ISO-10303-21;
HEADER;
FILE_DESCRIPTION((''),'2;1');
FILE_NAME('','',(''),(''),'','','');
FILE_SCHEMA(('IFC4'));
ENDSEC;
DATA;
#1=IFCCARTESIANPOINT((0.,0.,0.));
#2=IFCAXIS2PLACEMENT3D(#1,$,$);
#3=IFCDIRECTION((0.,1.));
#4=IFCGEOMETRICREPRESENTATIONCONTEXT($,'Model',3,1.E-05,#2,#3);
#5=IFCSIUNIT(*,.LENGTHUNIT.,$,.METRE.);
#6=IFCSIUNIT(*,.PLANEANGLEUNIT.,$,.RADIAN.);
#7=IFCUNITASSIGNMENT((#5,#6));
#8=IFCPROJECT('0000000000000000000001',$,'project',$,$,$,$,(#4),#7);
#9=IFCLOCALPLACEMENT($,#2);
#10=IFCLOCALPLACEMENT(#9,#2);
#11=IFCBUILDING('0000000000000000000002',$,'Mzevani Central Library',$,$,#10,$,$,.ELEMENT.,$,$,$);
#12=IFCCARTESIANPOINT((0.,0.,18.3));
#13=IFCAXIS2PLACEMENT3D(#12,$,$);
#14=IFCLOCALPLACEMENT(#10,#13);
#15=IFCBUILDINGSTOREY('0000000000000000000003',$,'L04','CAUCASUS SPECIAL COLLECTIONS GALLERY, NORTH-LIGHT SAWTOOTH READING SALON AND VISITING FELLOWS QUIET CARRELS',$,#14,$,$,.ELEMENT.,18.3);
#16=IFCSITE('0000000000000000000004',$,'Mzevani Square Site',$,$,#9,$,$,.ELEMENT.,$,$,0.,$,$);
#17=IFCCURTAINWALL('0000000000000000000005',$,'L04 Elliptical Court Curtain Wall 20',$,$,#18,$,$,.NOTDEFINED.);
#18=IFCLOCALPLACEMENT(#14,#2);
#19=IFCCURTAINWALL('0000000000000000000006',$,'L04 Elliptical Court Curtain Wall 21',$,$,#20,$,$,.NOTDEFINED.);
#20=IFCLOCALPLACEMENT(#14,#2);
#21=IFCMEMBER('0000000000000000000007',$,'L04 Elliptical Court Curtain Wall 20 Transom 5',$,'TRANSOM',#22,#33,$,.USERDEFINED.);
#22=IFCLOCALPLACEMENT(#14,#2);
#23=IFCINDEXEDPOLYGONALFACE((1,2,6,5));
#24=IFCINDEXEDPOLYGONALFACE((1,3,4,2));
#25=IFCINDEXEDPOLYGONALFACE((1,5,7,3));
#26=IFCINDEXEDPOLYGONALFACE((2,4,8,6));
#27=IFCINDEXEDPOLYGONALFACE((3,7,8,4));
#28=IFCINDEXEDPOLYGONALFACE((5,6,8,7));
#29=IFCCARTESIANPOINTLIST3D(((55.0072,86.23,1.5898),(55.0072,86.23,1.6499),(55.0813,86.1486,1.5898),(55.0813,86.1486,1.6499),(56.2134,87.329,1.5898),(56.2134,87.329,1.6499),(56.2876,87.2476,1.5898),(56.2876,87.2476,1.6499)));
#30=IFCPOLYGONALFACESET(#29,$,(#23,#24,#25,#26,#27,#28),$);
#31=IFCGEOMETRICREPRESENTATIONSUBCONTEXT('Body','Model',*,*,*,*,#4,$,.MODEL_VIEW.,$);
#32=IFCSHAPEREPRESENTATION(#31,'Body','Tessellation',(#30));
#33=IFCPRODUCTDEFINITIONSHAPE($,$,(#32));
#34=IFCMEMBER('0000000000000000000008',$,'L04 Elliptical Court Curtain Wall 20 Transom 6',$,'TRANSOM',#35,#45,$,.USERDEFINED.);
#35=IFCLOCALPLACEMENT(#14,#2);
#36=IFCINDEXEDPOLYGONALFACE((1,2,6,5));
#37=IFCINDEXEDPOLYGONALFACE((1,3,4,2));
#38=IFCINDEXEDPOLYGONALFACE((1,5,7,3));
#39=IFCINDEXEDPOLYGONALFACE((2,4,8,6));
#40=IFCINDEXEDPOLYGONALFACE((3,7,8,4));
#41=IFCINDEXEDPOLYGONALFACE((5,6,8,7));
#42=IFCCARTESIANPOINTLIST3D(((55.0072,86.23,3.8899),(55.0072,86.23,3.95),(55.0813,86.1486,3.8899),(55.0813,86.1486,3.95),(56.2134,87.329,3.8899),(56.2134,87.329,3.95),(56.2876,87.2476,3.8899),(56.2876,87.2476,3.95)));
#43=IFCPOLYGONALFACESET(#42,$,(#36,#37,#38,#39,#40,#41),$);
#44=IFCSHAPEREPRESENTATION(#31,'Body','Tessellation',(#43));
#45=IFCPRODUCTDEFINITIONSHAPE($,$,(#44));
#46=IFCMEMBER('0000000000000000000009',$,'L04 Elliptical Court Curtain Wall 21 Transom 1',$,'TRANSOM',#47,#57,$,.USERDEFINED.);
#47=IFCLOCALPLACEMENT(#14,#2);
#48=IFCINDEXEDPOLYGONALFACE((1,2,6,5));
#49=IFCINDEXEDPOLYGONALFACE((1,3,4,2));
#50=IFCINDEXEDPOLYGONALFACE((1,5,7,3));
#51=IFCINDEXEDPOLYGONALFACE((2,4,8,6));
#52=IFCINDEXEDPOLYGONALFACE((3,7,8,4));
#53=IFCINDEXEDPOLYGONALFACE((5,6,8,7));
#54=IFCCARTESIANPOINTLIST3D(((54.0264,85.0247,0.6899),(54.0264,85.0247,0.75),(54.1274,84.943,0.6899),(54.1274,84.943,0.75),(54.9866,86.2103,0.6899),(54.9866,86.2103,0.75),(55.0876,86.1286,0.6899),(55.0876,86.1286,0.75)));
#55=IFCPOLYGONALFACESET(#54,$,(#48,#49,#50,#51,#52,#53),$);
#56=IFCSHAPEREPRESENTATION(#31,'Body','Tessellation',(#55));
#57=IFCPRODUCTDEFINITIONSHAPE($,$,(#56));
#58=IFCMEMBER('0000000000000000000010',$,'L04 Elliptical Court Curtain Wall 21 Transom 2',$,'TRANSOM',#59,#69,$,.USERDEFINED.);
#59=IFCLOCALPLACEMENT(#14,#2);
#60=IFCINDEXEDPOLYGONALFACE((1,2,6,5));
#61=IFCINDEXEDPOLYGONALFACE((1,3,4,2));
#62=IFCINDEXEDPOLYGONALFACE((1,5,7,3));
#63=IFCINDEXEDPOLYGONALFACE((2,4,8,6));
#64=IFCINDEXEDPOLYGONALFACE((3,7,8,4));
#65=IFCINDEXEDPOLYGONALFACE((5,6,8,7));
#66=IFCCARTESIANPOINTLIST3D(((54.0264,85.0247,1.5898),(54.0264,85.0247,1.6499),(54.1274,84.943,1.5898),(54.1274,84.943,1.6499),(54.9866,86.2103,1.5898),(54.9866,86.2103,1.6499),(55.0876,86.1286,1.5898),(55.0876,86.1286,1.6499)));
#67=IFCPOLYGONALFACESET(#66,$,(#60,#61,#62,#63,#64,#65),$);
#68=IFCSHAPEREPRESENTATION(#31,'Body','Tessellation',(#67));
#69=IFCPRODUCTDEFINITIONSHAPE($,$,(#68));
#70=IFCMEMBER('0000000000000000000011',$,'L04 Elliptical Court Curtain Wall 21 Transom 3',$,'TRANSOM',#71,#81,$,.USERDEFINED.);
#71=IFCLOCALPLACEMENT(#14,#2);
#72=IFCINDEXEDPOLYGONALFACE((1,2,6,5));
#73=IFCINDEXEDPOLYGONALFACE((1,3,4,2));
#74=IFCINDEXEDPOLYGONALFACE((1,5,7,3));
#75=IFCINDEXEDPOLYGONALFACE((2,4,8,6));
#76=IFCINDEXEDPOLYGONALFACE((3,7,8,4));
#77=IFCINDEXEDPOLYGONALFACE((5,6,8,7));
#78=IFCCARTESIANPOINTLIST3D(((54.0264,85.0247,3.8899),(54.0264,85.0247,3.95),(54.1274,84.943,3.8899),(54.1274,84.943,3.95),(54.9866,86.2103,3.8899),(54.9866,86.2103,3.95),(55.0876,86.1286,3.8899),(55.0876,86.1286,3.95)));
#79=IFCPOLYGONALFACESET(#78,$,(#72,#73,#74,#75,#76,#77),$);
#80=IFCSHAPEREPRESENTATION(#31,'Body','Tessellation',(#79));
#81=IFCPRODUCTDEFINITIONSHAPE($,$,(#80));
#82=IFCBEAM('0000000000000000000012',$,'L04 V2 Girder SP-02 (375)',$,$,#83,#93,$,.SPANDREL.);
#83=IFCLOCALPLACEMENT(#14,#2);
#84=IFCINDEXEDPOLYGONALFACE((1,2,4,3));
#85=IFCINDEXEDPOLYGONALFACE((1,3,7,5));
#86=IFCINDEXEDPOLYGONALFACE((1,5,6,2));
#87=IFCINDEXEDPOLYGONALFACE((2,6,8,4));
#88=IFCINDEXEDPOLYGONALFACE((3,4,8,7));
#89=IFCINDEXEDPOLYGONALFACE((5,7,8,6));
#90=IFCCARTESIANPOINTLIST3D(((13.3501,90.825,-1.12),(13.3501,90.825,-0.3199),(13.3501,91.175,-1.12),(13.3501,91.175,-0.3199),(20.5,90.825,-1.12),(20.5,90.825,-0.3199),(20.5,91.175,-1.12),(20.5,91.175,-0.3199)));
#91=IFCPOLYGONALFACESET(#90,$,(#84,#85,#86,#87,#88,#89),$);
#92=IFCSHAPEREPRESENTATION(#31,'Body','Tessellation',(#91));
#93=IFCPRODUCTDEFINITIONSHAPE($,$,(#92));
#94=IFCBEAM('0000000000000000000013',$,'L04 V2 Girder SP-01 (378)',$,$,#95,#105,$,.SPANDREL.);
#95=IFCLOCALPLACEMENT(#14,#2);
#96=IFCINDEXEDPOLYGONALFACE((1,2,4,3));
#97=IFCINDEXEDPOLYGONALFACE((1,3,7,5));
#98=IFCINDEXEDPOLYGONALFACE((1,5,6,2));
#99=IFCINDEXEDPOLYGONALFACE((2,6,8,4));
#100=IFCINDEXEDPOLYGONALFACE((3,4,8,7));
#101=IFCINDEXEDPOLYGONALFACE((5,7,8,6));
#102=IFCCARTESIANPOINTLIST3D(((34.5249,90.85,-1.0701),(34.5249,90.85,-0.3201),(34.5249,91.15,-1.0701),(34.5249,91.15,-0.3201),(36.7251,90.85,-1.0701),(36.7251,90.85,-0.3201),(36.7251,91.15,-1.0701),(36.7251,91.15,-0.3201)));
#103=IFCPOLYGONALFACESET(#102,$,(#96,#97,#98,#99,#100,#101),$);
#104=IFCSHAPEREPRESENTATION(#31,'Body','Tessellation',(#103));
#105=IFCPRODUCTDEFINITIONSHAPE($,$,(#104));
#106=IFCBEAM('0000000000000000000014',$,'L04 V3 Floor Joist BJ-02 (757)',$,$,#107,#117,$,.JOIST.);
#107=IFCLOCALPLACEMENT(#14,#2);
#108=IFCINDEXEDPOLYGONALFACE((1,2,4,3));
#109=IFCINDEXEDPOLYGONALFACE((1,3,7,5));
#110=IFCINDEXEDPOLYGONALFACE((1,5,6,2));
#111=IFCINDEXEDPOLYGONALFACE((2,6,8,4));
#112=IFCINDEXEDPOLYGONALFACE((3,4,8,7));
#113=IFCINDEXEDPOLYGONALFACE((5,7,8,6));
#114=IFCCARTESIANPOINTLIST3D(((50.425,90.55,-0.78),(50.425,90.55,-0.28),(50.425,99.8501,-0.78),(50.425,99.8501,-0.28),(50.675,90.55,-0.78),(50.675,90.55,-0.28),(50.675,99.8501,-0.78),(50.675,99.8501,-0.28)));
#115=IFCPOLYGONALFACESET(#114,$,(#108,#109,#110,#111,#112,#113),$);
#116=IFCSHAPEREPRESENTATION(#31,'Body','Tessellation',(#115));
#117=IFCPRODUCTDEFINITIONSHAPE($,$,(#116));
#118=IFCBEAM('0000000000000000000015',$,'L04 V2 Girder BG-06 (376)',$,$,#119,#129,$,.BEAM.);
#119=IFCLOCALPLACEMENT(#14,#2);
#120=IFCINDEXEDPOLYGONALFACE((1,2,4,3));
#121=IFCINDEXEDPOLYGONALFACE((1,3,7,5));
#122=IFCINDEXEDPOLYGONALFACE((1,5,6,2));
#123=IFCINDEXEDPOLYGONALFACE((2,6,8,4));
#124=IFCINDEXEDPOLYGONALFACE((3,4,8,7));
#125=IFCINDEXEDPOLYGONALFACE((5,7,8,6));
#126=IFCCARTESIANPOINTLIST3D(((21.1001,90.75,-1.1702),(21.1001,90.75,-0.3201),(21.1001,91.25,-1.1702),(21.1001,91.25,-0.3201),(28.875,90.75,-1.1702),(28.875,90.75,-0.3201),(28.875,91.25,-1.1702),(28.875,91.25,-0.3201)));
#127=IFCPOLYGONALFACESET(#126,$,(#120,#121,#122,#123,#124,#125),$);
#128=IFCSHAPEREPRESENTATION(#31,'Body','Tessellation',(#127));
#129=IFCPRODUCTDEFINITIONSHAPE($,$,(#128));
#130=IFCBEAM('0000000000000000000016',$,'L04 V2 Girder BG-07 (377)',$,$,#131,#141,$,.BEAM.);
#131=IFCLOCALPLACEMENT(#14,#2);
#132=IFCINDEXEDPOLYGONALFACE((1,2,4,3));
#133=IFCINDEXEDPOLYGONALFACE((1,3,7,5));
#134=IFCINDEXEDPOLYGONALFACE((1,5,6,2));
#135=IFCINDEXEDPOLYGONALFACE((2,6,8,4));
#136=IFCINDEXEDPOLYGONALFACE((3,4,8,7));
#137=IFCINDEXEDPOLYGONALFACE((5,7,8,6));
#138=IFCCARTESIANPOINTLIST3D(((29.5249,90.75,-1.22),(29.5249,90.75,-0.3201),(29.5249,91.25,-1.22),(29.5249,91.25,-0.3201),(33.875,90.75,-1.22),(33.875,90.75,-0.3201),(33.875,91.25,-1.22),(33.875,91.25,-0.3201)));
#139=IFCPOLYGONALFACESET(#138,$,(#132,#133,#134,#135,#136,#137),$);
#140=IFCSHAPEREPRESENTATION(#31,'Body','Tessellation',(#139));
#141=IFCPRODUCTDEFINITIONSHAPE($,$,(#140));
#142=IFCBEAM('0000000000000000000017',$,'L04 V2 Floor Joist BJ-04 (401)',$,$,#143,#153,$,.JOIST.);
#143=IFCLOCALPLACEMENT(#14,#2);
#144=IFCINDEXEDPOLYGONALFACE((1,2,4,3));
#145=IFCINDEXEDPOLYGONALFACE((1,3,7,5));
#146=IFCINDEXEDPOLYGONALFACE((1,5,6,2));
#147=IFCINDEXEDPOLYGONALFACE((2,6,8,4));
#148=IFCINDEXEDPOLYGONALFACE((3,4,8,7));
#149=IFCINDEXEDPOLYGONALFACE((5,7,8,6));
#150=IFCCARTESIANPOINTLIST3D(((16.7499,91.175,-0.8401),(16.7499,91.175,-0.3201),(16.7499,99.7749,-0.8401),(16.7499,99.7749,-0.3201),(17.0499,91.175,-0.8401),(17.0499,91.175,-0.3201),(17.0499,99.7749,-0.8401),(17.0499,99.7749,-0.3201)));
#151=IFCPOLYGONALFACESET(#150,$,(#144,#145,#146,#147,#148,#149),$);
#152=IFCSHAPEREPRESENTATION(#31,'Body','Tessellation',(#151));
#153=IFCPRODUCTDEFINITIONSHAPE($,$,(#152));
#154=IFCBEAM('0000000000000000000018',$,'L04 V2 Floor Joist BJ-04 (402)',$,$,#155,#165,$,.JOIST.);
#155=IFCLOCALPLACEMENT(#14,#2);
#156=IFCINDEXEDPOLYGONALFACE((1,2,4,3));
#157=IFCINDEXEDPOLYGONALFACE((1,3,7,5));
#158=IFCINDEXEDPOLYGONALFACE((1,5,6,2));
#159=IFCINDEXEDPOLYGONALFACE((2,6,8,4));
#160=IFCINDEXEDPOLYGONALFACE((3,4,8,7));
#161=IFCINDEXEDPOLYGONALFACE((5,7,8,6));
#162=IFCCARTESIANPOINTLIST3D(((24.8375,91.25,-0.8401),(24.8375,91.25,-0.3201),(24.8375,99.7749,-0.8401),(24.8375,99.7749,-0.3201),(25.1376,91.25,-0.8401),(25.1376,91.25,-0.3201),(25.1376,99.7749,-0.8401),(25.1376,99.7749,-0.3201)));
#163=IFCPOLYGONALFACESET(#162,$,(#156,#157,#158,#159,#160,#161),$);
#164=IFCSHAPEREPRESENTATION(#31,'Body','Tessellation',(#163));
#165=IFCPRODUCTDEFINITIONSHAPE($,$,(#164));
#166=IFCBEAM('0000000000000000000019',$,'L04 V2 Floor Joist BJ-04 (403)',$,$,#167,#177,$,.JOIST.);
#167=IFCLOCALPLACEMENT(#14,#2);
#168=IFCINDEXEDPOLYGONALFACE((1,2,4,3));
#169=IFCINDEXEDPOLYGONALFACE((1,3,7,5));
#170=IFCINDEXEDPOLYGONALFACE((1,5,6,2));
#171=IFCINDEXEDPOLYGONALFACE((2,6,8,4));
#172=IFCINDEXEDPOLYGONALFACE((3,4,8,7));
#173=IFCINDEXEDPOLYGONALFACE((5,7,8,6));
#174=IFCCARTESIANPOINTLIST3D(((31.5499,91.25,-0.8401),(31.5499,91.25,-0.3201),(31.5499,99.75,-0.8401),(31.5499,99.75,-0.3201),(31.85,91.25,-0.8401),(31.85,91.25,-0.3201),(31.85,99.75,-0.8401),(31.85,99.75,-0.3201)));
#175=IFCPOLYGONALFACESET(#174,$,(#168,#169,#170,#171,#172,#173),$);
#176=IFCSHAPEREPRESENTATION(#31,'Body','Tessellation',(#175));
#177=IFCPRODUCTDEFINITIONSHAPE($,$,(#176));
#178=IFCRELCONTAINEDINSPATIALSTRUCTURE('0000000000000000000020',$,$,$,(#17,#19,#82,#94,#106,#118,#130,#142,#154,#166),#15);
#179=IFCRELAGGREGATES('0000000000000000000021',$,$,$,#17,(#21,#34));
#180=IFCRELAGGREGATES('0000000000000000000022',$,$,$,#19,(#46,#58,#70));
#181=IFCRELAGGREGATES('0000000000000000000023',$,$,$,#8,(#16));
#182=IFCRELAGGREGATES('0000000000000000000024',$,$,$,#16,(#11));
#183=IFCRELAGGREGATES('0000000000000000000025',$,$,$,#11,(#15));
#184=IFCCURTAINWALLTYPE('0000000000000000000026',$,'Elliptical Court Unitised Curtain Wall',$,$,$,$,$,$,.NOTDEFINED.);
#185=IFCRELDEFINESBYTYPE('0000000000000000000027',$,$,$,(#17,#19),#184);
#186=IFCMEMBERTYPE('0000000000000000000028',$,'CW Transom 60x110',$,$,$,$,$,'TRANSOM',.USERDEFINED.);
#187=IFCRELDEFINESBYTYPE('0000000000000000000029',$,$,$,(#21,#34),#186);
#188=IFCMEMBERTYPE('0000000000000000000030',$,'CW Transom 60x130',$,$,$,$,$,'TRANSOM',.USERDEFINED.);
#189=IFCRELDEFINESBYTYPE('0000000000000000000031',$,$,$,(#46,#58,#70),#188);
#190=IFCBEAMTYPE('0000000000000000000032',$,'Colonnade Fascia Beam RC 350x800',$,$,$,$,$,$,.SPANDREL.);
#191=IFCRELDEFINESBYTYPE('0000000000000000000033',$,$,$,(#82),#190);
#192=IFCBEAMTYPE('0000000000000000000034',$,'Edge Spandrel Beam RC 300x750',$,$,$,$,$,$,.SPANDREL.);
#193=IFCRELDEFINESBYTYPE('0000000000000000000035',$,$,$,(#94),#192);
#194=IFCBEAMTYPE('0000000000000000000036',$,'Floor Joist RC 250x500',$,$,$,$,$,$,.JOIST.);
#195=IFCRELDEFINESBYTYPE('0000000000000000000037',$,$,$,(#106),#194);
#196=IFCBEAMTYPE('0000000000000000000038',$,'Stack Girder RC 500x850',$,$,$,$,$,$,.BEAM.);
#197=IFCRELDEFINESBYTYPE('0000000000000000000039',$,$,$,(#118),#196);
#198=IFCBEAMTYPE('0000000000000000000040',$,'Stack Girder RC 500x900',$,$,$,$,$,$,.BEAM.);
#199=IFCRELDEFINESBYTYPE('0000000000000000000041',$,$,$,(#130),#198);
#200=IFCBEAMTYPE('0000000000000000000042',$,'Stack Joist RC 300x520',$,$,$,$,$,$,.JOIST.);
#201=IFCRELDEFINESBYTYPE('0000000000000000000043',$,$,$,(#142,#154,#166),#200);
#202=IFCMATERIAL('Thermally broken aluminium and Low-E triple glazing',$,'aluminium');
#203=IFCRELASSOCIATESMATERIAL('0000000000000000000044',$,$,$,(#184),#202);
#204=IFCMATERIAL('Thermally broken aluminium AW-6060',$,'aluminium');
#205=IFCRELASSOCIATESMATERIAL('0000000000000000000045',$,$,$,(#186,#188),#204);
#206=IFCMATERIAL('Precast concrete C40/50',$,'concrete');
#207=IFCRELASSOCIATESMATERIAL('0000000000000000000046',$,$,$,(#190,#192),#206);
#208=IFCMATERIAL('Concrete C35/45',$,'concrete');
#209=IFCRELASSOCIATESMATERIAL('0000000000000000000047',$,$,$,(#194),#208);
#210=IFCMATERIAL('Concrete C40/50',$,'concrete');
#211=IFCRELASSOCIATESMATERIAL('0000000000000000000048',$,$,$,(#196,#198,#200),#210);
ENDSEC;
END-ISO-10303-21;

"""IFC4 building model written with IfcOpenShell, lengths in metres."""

from ifc_helpers import new_model, si_unit, direction, frame, origin, origin_2d, place, context, subcontext, project, spatial, rectangle, extrude, material, material_profile, profile_set, type_object, element, aggregate, save


model = new_model("IFC4")

# Units and contexts
model_context = context("Model", 3, precision=1e-05, world=origin(), true_north=direction((0.0, 1.0)))
body_context = subcontext(model_context, "Body", "Model", "MODEL_VIEW")
ifc_project = project(units=[si_unit("LENGTHUNIT", "METRE"), si_unit("PLANEANGLEUNIT", "RADIAN")], contexts=[model_context])

# Site, building, storey
site_placement = place(None, origin())
site = spatial("IfcSite", under=ifc_project, at=site_placement, Name="Mzevani Square Site", CompositionType="ELEMENT", RefElevation=0.0)
building_placement = place(site_placement, origin())
building = spatial("IfcBuilding", under=site, at=building_placement, Name="Mzevani Central Library", CompositionType="ELEMENT")
storey_placement = place(building_placement, frame((0.0, 0.0, 18.3)))
storey = spatial("IfcBuildingStorey", under=building, at=storey_placement, Name="L04", Description="CAUCASUS SPECIAL COLLECTIONS GALLERY, NORTH-LIGHT SAWTOOTH READING SALON AND VISITING FELLOWS QUIET CARRELS", CompositionType="ELEMENT", Elevation=18.3)

# Shared definitions
ifc_material_1 = material(Name="Concrete C40/50", Category="concrete")

# Shared definitions
ifc_material_2 = material(Name="Concrete C35/45", Category="concrete")

# Curtain wall
ifc_material_3 = material(Name="Thermally broken aluminium and Low-E triple glazing", Category="aluminium")
curtain_wall_type = type_object("IfcCurtainWallType", Name="Elliptical Court Unitised Curtain Wall", PredefinedType="NOTDEFINED", material=ifc_material_3)
curtain_wall_1_placement = place(storey_placement, origin())
curtain_wall_1 = element("IfcCurtainWall", 1, at=curtain_wall_1_placement, inside=storey, type_object=curtain_wall_type, Name="L04 Elliptical Court Curtain Wall 20", PredefinedType="NOTDEFINED")
ifc_material_4 = material(Name="Thermally broken aluminium AW-6060", Category="aluminium")

# Curtain wall
curtain_wall_2_placement = place(storey_placement, origin())
curtain_wall_2 = element("IfcCurtainWall", 2, at=curtain_wall_2_placement, inside=storey, type_object=curtain_wall_type, Name="L04 Elliptical Court Curtain Wall 21", PredefinedType="NOTDEFINED")

# Members
ifc_material_profile_1 = material_profile(ifc_material_4, rectangle(XDim=0.1101, YDim=0.0601, at=origin_2d()), Name="ALU T60x110")
ifc_profile_set_1 = profile_set([ifc_material_profile_1], Name="Thermally broken aluminium AW-6060")
member_type_1 = type_object("IfcMemberType", Name="CW Transom 60x110", ElementType="TRANSOM", PredefinedType="USERDEFINED", material=ifc_profile_set_1)
member_1_placement = place(storey_placement, frame((56.2505, 87.2883, 1.6199), z_axis=(-0.739181, -0.673506, 0.0), x_axis=(0.673506, -0.739181, 0.0)))
member_1 = element("IfcMember", 3, at=member_1_placement, type_object=member_type_1, Name="L04 Elliptical Court Curtain Wall 20 Transom 5", ObjectType="TRANSOM", PredefinedType="USERDEFINED", context=body_context, shape_type="SweptSolid", body=[
    extrude(rectangle(XDim=0.1101, YDim=0.0601, at=origin_2d()), origin(), (0.0, 0.0, 1.0), 1.6318),
])
member_2_placement = place(storey_placement, frame((56.2505, 87.2883, 3.9199), z_axis=(-0.739181, -0.673506, 0.0), x_axis=(0.673506, -0.739181, 0.0)))
member_2 = element("IfcMember", 4, at=member_2_placement, type_object=member_type_1, Name="L04 Elliptical Court Curtain Wall 20 Transom 6", ObjectType="TRANSOM", PredefinedType="USERDEFINED", context=body_context, shape_type="SweptSolid", body=[
    extrude(rectangle(XDim=0.1101, YDim=0.0601, at=origin_2d()), origin(), (0.0, 0.0, 1.0), 1.6318),
])
ifc_material_profile_2 = material_profile(ifc_material_4, rectangle(XDim=0.1299, YDim=0.0601, at=origin_2d()), Name="ALU T60x130")
ifc_profile_set_2 = profile_set([ifc_material_profile_2], Name="Thermally broken aluminium AW-6060")
member_type_2 = type_object("IfcMemberType", Name="CW Transom 60x130", ElementType="TRANSOM", PredefinedType="USERDEFINED", material=ifc_profile_set_2)
member_3_placement = place(storey_placement, frame((55.0371, 86.1694, 0.72), z_axis=(-0.629387, -0.777092, 0.0), x_axis=(0.777092, -0.629387, 0.0)))
member_3 = element("IfcMember", 5, at=member_3_placement, type_object=member_type_2, Name="L04 Elliptical Court Curtain Wall 21 Transom 1", ObjectType="TRANSOM", PredefinedType="USERDEFINED", context=body_context, shape_type="SweptSolid", body=[
    extrude(rectangle(XDim=0.1299, YDim=0.0601, at=origin_2d()), origin(), (0.0, 0.0, 1.0), 1.5256),
])
member_4_placement = place(storey_placement, frame((55.0371, 86.1694, 1.6199), z_axis=(-0.629387, -0.777092, 0.0), x_axis=(0.777092, -0.629387, 0.0)))
member_4 = element("IfcMember", 6, at=member_4_placement, type_object=member_type_2, Name="L04 Elliptical Court Curtain Wall 21 Transom 2", ObjectType="TRANSOM", PredefinedType="USERDEFINED", context=body_context, shape_type="SweptSolid", body=[
    extrude(rectangle(XDim=0.1299, YDim=0.0601, at=origin_2d()), origin(), (0.0, 0.0, 1.0), 1.5256),
])
member_5_placement = place(storey_placement, frame((55.0371, 86.1694, 3.9199), z_axis=(-0.629387, -0.777092, 0.0), x_axis=(0.777092, -0.629387, 0.0)))
member_5 = element("IfcMember", 7, at=member_5_placement, type_object=member_type_2, Name="L04 Elliptical Court Curtain Wall 21 Transom 3", ObjectType="TRANSOM", PredefinedType="USERDEFINED", context=body_context, shape_type="SweptSolid", body=[
    extrude(rectangle(XDim=0.1299, YDim=0.0601, at=origin_2d()), origin(), (0.0, 0.0, 1.0), 1.5256),
])

# Beams
ifc_material_5 = material(Name="Precast concrete C40/50", Category="concrete")
ifc_material_profile_3 = material_profile(ifc_material_5, rectangle(XDim=0.3501, YDim=0.8, at=origin_2d()), Name="RC SP350x800")
ifc_profile_set_3 = profile_set([ifc_material_profile_3], Name="Precast concrete C40/50")
beam_type_1 = type_object("IfcBeamType", Name="Colonnade Fascia Beam RC 350x800", PredefinedType="SPANDREL", material=ifc_profile_set_3)
beam_1_placement = place(storey_placement, frame((13.3501, 91.0, -0.72), z_axis=(1.0, 0.0, 0.0), x_axis=(0.0, 1.0, 0.0)))
element("IfcBeam", 8, at=beam_1_placement, inside=storey, type_object=beam_type_1, Name="L04 V2 Girder SP-02 (375)", PredefinedType="SPANDREL", context=body_context, shape_type="SweptSolid", body=[
    extrude(rectangle(XDim=0.3501, YDim=0.8, at=origin_2d()), origin(), (0.0, 0.0, 1.0), 7.1499),
])
ifc_material_profile_4 = material_profile(ifc_material_5, rectangle(XDim=0.3, YDim=0.75, at=origin_2d()), Name="RC SP300x750")
ifc_profile_set_4 = profile_set([ifc_material_profile_4], Name="Precast concrete C40/50")
beam_type_2 = type_object("IfcBeamType", Name="Edge Spandrel Beam RC 300x750", PredefinedType="SPANDREL", material=ifc_profile_set_4)
beam_2_placement = place(storey_placement, frame((34.5249, 91.0, -0.6951), z_axis=(1.0, 0.0, 0.0), x_axis=(0.0, 1.0, 0.0)))
element("IfcBeam", 9, at=beam_2_placement, inside=storey, type_object=beam_type_2, Name="L04 V2 Girder SP-01 (378)", PredefinedType="SPANDREL", context=body_context, shape_type="SweptSolid", body=[
    extrude(rectangle(XDim=0.3, YDim=0.75, at=origin_2d()), origin(), (0.0, 0.0, 1.0), 2.2002),
])
ifc_material_profile_5 = material_profile(ifc_material_2, rectangle(XDim=0.25, YDim=0.5, at=origin_2d()), Name="RC J250x500")
ifc_profile_set_5 = profile_set([ifc_material_profile_5], Name="Concrete C35/45")
beam_type_3 = type_object("IfcBeamType", Name="Floor Joist RC 250x500", PredefinedType="JOIST", material=ifc_profile_set_5)
beam_3_placement = place(storey_placement, frame((50.55, 90.55, -0.53), z_axis=(0.0, 1.0, 0.0), x_axis=(-1.0, 0.0, 0.0)))
element("IfcBeam", 10, at=beam_3_placement, inside=storey, type_object=beam_type_3, Name="L04 V3 Floor Joist BJ-02 (757)", PredefinedType="JOIST", context=body_context, shape_type="SweptSolid", body=[
    extrude(rectangle(XDim=0.25, YDim=0.5, at=origin_2d()), origin(), (0.0, 0.0, 1.0), 9.3),
])
ifc_material_profile_6 = material_profile(ifc_material_1, rectangle(XDim=0.5, YDim=0.8501, at=origin_2d()), Name="RC B500x850")
ifc_profile_set_6 = profile_set([ifc_material_profile_6], Name="Concrete C40/50")
beam_type_4 = type_object("IfcBeamType", Name="Stack Girder RC 500x850", PredefinedType="BEAM", material=ifc_profile_set_6)
beam_4_placement = place(storey_placement, frame((21.1001, 91.0, -0.7451), z_axis=(1.0, 0.0, 0.0), x_axis=(0.0, 1.0, 0.0)))
element("IfcBeam", 11, at=beam_4_placement, inside=storey, type_object=beam_type_4, Name="L04 V2 Girder BG-06 (376)", PredefinedType="BEAM", context=body_context, shape_type="SweptSolid", body=[
    extrude(rectangle(XDim=0.5, YDim=0.8501, at=origin_2d()), origin(), (0.0, 0.0, 1.0), 7.7749),
])
ifc_material_profile_7 = material_profile(ifc_material_1, rectangle(XDim=0.5, YDim=0.8999, at=origin_2d()), Name="RC B500x900")
ifc_profile_set_7 = profile_set([ifc_material_profile_7], Name="Concrete C40/50")
beam_type_5 = type_object("IfcBeamType", Name="Stack Girder RC 500x900", PredefinedType="BEAM", material=ifc_profile_set_7)
beam_5_placement = place(storey_placement, frame((29.5249, 91.0, -0.77), z_axis=(1.0, 0.0, 0.0), x_axis=(0.0, 1.0, 0.0)))
element("IfcBeam", 12, at=beam_5_placement, inside=storey, type_object=beam_type_5, Name="L04 V2 Girder BG-07 (377)", PredefinedType="BEAM", context=body_context, shape_type="SweptSolid", body=[
    extrude(rectangle(XDim=0.5, YDim=0.8999, at=origin_2d()), origin(), (0.0, 0.0, 1.0), 4.3501),
])
ifc_material_profile_8 = material_profile(ifc_material_1, rectangle(XDim=0.3, YDim=0.52, at=origin_2d()), Name="RC J300x520")
ifc_profile_set_8 = profile_set([ifc_material_profile_8], Name="Concrete C40/50")
beam_type_6 = type_object("IfcBeamType", Name="Stack Joist RC 300x520", PredefinedType="JOIST", material=ifc_profile_set_8)
beam_6_placement = place(storey_placement, frame((16.8999, 91.175, -0.5801), z_axis=(0.0, 1.0, 0.0), x_axis=(-1.0, 0.0, 0.0)))
element("IfcBeam", 13, at=beam_6_placement, inside=storey, type_object=beam_type_6, Name="L04 V2 Floor Joist BJ-04 (401)", PredefinedType="JOIST", context=body_context, shape_type="SweptSolid", body=[
    extrude(rectangle(XDim=0.3, YDim=0.52, at=origin_2d()), origin(), (0.0, 0.0, 1.0), 8.5999),
])
beam_7_placement = place(storey_placement, frame((24.9875, 91.25, -0.5801), z_axis=(0.0, 1.0, 0.0), x_axis=(-1.0, 0.0, 0.0)))
element("IfcBeam", 14, at=beam_7_placement, inside=storey, type_object=beam_type_6, Name="L04 V2 Floor Joist BJ-04 (402)", PredefinedType="JOIST", context=body_context, shape_type="SweptSolid", body=[
    extrude(rectangle(XDim=0.3, YDim=0.52, at=origin_2d()), origin(), (0.0, 0.0, 1.0), 8.5249),
])
beam_8_placement = place(storey_placement, frame((31.7, 91.25, -0.5801), z_axis=(0.0, 1.0, 0.0), x_axis=(-1.0, 0.0, 0.0)))
element("IfcBeam", 15, at=beam_8_placement, inside=storey, type_object=beam_type_6, Name="L04 V2 Floor Joist BJ-04 (403)", PredefinedType="JOIST", context=body_context, shape_type="SweptSolid", body=[
    extrude(rectangle(XDim=0.3, YDim=0.52, at=origin_2d()), origin(), (0.0, 0.0, 1.0), 8.5),
])

aggregate(curtain_wall_1, [member_1, member_2])
aggregate(curtain_wall_2, [member_3, member_4, member_5])

save(model, "model.ifc")
